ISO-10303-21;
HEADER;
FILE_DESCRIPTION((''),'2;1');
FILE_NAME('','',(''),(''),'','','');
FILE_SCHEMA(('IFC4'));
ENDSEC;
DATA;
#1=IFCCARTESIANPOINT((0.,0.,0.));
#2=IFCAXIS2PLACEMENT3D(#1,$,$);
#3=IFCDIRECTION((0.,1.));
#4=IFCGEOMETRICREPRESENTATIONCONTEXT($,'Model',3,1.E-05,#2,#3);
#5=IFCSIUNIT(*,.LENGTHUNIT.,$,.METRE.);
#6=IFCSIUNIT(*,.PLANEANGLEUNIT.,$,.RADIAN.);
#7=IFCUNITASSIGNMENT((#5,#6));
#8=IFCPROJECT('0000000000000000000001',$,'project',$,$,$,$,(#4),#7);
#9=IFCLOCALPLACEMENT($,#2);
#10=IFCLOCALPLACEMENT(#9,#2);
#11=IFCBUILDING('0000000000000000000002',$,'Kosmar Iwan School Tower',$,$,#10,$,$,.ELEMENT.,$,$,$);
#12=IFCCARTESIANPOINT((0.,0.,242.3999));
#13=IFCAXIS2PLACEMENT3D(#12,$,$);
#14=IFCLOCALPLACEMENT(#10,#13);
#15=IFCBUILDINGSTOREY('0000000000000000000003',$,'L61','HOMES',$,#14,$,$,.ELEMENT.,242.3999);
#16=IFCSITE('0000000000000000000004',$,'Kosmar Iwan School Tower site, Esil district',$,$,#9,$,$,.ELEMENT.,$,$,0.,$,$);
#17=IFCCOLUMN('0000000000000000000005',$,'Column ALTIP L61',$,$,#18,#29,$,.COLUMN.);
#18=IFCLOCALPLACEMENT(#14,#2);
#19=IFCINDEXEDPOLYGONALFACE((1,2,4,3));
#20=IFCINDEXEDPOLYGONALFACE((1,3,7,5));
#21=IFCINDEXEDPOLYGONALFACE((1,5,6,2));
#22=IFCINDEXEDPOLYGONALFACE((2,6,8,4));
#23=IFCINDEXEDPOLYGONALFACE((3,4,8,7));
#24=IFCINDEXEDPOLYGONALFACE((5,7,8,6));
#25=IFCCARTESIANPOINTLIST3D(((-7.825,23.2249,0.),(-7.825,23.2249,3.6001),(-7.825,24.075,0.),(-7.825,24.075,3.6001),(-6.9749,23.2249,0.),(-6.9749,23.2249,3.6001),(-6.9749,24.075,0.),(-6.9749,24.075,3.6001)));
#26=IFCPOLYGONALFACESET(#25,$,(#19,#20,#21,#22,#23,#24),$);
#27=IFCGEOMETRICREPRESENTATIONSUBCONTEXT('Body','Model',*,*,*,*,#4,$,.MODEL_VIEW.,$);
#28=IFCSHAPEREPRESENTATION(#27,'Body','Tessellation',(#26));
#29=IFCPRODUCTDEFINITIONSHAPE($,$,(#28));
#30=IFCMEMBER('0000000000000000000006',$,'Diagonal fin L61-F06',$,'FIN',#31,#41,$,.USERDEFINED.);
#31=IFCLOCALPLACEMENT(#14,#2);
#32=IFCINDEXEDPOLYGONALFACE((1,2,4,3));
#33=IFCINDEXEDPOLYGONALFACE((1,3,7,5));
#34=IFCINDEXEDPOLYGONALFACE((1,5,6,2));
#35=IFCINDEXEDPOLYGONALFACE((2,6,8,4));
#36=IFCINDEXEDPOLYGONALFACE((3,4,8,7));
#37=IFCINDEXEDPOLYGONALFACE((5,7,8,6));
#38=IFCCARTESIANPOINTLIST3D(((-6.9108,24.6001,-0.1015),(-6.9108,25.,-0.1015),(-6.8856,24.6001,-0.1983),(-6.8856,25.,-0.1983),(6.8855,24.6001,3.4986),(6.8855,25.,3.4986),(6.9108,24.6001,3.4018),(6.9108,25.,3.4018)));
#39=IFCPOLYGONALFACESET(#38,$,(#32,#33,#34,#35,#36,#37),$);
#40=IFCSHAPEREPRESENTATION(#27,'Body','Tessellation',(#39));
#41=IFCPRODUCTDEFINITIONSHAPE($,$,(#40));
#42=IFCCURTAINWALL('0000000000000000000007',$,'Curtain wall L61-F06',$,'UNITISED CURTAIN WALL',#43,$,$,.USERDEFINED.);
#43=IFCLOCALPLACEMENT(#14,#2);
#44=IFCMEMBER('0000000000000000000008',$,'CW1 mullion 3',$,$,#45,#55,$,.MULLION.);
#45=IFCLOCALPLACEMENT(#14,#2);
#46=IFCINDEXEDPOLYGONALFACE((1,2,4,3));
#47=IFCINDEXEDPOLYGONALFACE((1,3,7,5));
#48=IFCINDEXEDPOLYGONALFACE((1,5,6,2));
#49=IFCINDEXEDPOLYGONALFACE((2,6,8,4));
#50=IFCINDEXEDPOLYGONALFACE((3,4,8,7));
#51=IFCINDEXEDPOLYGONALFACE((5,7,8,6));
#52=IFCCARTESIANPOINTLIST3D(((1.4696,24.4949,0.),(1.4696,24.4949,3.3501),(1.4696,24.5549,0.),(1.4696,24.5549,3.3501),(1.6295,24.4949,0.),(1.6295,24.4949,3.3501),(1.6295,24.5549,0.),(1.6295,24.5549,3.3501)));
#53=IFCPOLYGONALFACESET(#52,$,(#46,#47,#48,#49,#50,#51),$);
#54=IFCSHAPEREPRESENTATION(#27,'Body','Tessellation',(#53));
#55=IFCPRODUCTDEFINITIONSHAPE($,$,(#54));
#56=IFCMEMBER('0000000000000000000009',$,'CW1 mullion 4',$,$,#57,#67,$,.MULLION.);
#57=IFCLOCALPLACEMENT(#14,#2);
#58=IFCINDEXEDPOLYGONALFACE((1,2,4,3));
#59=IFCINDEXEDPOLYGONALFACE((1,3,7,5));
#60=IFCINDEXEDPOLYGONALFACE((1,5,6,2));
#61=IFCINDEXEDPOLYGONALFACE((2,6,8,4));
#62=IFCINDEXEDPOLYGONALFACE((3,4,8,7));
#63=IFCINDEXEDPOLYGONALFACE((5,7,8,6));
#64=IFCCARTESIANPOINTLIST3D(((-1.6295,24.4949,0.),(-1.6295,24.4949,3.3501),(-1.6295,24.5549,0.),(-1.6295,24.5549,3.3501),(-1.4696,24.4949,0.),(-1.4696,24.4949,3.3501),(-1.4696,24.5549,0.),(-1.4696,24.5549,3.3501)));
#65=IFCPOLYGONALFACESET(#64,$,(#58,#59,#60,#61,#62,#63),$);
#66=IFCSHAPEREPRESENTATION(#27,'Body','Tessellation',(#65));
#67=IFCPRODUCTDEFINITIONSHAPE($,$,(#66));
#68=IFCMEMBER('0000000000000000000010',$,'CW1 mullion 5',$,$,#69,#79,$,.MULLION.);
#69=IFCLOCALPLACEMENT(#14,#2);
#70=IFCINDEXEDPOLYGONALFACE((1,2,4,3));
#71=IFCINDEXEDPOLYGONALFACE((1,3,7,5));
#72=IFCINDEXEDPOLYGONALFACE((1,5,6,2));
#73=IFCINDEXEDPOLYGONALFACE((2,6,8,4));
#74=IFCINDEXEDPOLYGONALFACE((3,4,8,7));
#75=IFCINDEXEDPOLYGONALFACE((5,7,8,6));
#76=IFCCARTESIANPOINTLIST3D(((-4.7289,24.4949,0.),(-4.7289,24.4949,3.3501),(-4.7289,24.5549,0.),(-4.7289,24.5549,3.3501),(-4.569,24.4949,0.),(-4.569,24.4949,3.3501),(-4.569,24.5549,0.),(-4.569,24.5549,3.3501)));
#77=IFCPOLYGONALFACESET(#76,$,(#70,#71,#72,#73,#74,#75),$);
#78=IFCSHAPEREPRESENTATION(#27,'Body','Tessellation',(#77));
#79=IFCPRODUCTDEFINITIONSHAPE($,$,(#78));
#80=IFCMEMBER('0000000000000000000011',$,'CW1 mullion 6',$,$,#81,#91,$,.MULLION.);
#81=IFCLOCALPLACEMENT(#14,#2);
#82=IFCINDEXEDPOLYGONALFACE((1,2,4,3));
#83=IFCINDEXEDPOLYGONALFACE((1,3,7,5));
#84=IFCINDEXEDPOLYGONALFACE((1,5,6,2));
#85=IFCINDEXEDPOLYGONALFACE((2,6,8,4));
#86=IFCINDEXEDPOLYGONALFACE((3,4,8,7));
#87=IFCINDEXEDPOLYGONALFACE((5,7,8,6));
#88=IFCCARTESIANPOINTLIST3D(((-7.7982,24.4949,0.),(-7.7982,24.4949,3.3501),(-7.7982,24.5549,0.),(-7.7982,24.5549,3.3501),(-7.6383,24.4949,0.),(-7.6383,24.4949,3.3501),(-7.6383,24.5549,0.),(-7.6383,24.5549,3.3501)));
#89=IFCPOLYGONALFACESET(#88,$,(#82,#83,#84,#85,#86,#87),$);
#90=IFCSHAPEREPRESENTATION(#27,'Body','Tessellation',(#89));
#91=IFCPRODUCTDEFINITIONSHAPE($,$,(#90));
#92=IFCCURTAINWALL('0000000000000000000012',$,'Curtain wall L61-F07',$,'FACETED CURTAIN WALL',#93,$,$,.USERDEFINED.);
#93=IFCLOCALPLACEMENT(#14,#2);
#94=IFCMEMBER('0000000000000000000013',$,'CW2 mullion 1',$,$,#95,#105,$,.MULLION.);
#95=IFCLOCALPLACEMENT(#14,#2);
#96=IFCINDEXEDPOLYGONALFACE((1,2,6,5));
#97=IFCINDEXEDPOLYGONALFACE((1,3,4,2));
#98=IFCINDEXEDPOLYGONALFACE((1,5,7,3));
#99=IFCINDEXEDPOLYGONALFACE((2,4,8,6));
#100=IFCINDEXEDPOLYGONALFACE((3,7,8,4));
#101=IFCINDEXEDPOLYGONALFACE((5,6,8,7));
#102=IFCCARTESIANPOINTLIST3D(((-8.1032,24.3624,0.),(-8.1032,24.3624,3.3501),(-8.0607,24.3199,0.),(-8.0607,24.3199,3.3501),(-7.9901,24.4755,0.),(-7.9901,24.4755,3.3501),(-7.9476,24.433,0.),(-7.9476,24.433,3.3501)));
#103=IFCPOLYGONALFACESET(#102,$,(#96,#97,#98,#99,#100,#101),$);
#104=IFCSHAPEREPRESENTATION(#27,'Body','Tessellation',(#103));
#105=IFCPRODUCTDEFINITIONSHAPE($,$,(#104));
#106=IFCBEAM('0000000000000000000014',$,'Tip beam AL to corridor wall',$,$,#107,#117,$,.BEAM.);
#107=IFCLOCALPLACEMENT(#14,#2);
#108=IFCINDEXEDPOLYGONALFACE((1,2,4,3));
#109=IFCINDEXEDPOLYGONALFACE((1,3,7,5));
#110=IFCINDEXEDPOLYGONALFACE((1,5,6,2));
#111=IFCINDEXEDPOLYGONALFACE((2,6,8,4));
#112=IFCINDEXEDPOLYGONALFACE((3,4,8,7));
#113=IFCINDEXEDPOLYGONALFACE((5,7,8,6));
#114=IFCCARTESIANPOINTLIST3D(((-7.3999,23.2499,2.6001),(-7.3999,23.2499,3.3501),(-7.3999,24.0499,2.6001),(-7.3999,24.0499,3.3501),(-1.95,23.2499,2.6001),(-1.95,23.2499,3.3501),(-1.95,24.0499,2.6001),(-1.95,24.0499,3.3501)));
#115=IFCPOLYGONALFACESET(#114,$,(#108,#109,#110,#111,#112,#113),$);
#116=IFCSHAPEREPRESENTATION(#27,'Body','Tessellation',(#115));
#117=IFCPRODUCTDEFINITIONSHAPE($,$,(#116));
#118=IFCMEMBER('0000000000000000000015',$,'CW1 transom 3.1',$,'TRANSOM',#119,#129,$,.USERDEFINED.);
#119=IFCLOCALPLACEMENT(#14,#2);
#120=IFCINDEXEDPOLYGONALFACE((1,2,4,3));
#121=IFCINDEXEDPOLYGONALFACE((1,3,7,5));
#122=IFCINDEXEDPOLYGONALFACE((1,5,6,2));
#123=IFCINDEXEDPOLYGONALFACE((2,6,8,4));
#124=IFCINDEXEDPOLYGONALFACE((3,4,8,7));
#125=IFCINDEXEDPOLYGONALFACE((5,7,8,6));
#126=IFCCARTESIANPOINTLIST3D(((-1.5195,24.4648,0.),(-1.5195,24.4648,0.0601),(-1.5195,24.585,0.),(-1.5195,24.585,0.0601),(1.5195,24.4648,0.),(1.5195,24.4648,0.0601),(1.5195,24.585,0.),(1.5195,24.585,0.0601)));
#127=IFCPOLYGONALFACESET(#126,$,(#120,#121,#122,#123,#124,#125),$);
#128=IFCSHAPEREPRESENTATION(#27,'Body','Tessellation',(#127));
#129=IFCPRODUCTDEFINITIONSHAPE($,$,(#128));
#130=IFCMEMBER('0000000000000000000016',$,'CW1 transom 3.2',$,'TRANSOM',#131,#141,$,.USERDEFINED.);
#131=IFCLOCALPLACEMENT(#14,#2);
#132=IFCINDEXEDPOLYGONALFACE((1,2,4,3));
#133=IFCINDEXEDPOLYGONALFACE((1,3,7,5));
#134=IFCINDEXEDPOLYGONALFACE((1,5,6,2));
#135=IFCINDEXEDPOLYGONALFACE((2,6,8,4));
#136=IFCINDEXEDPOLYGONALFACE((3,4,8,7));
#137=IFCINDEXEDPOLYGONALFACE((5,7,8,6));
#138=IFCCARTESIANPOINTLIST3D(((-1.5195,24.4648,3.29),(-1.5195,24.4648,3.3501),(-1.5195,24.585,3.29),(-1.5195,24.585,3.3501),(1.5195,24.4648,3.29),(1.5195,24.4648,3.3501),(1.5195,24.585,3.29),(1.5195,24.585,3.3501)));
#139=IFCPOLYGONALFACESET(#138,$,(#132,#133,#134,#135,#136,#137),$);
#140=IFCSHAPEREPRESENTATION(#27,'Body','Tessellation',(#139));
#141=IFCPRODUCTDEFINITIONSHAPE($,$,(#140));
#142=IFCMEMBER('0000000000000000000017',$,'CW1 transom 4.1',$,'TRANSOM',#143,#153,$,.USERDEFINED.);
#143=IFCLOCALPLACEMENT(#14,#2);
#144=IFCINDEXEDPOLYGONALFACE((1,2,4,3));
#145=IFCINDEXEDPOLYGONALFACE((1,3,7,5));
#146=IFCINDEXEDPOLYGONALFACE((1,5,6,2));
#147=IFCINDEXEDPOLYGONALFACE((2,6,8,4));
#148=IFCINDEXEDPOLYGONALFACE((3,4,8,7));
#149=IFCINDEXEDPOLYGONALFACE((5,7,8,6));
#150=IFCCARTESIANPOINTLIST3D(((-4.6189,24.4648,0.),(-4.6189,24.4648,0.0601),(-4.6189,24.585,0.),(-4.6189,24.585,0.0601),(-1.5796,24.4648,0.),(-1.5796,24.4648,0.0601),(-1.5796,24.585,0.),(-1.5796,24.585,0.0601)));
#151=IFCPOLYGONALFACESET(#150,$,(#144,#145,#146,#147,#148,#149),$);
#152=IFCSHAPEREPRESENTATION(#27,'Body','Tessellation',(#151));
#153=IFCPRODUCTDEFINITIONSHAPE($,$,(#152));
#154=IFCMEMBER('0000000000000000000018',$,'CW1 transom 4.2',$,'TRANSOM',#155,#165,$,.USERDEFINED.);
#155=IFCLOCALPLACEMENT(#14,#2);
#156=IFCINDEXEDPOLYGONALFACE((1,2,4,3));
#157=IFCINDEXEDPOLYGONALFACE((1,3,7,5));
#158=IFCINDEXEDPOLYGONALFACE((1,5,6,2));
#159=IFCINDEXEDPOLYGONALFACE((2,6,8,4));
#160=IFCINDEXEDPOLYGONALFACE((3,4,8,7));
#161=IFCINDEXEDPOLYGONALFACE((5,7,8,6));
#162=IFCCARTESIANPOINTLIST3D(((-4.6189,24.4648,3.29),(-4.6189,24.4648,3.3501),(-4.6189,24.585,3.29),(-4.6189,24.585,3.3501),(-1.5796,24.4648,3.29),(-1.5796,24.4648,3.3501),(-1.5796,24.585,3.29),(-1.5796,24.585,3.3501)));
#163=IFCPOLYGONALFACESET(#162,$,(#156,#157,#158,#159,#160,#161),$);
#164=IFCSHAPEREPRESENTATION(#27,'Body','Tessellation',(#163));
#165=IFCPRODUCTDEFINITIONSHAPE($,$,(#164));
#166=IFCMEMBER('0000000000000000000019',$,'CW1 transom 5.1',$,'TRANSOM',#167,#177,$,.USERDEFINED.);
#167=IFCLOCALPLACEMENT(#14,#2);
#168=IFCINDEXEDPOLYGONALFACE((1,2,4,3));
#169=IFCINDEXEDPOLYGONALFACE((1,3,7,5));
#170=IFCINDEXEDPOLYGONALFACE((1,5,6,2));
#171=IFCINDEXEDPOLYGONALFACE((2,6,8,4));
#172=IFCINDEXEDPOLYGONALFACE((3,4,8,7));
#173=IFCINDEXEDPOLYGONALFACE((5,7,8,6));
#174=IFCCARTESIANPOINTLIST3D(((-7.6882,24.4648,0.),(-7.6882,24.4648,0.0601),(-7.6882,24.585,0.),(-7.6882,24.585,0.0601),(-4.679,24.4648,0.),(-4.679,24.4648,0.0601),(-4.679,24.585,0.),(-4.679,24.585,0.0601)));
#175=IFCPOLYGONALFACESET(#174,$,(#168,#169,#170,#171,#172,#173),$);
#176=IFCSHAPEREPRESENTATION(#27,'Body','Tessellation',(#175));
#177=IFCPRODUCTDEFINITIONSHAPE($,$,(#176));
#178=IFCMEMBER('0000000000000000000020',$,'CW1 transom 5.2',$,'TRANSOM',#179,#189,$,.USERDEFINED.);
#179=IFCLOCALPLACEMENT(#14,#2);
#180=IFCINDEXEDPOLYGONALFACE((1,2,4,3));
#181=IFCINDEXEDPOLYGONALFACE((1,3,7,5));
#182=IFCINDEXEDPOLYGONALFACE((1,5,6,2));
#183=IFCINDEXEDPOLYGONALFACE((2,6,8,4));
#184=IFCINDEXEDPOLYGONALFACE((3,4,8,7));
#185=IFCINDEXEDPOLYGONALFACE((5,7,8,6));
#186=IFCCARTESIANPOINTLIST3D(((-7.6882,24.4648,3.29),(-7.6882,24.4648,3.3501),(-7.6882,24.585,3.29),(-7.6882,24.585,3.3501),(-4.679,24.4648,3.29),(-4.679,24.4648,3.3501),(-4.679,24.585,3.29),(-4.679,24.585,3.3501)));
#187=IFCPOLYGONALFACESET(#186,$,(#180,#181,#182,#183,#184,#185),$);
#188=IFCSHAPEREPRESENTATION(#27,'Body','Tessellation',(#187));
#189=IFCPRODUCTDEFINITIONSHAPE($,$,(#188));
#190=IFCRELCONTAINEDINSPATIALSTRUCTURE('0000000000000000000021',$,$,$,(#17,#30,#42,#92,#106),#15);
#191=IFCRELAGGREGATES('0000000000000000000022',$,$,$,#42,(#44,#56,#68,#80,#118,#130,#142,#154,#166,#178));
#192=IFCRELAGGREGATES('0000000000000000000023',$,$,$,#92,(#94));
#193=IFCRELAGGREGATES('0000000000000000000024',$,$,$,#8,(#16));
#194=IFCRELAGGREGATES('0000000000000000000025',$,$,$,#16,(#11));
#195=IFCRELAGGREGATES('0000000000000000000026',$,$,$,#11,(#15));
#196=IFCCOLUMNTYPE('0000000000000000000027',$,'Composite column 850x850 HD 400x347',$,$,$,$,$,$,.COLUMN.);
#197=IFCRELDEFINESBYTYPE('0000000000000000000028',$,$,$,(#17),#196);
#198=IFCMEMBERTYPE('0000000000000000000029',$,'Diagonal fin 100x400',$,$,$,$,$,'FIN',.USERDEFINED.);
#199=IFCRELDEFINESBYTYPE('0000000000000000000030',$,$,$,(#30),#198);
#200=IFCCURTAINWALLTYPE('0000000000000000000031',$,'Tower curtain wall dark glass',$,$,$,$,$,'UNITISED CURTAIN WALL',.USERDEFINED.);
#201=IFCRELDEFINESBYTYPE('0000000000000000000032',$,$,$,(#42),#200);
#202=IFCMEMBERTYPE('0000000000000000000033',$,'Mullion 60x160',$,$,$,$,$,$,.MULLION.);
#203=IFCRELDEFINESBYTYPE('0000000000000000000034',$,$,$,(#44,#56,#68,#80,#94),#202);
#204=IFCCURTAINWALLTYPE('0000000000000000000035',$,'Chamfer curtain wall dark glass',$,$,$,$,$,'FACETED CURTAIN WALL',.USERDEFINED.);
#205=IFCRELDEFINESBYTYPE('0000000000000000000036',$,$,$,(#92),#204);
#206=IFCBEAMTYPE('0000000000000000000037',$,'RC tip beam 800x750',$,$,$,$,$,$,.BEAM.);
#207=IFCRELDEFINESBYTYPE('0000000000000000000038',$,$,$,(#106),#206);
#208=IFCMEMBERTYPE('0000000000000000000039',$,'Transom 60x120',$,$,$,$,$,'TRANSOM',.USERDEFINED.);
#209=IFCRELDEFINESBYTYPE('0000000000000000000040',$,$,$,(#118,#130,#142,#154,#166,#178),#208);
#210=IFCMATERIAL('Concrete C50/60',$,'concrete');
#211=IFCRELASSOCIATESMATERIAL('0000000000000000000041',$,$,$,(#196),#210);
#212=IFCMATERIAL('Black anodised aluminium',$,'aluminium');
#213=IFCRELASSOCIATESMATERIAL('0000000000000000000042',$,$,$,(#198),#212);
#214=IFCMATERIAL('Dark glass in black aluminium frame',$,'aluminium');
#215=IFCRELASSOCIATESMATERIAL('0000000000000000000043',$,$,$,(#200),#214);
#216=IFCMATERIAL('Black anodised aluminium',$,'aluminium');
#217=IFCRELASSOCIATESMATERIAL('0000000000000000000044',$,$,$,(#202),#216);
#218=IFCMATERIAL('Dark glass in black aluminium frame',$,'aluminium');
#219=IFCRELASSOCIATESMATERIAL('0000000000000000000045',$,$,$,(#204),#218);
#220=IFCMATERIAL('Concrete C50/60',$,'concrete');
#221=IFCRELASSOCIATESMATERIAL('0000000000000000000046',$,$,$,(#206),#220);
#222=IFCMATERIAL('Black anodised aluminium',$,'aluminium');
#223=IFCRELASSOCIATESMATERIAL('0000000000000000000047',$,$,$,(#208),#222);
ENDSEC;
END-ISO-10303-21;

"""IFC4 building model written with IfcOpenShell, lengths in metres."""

from ifc_helpers import new_model, si_unit, direction, frame, origin, origin_2d, place, context, subcontext, project, spatial, rectangle, extrude, material, material_profile, profile_set, type_object, element, aggregate, save


model = new_model("IFC4")

# Units and contexts
model_context = context("Model", 3, precision=1e-05, world=origin(), true_north=direction((0.0, 1.0)))
body_context = subcontext(model_context, "Body", "Model", "MODEL_VIEW")
ifc_project = project(units=[si_unit("LENGTHUNIT", "METRE"), si_unit("PLANEANGLEUNIT", "RADIAN")], contexts=[model_context])

# Site, building, storey
site_placement = place(None, origin())
site = spatial("IfcSite", under=ifc_project, at=site_placement, Name="Kosmar Iwan School Tower site, Esil district", CompositionType="ELEMENT", RefElevation=0.0)
building_placement = place(site_placement, origin())
building = spatial("IfcBuilding", under=site, at=building_placement, Name="Kosmar Iwan School Tower", CompositionType="ELEMENT")
storey_placement = place(building_placement, frame((0.0, 0.0, 242.3999)))
storey = spatial("IfcBuildingStorey", under=building, at=storey_placement, Name="L61", Description="HOMES", CompositionType="ELEMENT", Elevation=242.3999)

# Column
ifc_material_1 = material(Name="Concrete C50/60", Category="concrete")
ifc_material_profile_1 = material_profile(ifc_material_1, rectangle(XDim=0.8501, YDim=0.8501, at=origin_2d()), Name="RC 850x850 + HD 400x347")
ifc_profile_set_1 = profile_set([ifc_material_profile_1], Name="Concrete C50/60")
column_type = type_object("IfcColumnType", Name="Composite column 850x850 HD 400x347", PredefinedType="COLUMN", material=ifc_profile_set_1)
column_placement = place(storey_placement, frame((-7.3999, 23.6499, 0.0), z_axis=(0.0, 0.0, 1.0), x_axis=(0.0, 1.0, 0.0)))
element("IfcColumn", 1, at=column_placement, inside=storey, type_object=column_type, Name="Column ALTIP L61", PredefinedType="COLUMN", context=body_context, shape_type="SweptSolid", body=[
    extrude(rectangle(XDim=0.8501, YDim=0.8501, at=origin_2d()), origin(), (0.0, 0.0, 1.0), 3.6001),
])

# Member
ifc_material_2 = material(Name="Black anodised aluminium", Category="aluminium")
ifc_material_profile_2 = material_profile(ifc_material_2, rectangle(XDim=0.1001, YDim=0.3999, at=origin_2d()), Name="FIN 100x400")
ifc_profile_set_2 = profile_set([ifc_material_profile_2], Name="Black anodised aluminium")
member_type_1 = type_object("IfcMemberType", Name="Diagonal fin 100x400", ElementType="FIN", PredefinedType="USERDEFINED", material=ifc_profile_set_2)
member_1_placement = place(storey_placement, frame((-6.8982, 24.8, -0.1499), z_axis=(0.967599, 0.0, 0.25249), x_axis=(-0.25249, 0.0, 0.967599)))
element("IfcMember", 2, at=member_1_placement, inside=storey, type_object=member_type_1, Name="Diagonal fin L61-F06", ObjectType="FIN", PredefinedType="USERDEFINED", context=body_context, shape_type="SweptSolid", body=[
    extrude(rectangle(XDim=0.1001, YDim=0.3999, at=origin_2d()), origin(), (0.0, 0.0, 1.0), 14.2583),
])

# Curtain wall, members
ifc_material_3 = material(Name="Dark glass in black aluminium frame", Category="aluminium")
curtain_wall_type_1 = type_object("IfcCurtainWallType", Name="Tower curtain wall dark glass", ElementType="UNITISED CURTAIN WALL", PredefinedType="USERDEFINED", material=ifc_material_3)
curtain_wall_1_placement = place(storey_placement, origin())
curtain_wall_1 = element("IfcCurtainWall", 3, at=curtain_wall_1_placement, inside=storey, type_object=curtain_wall_type_1, Name="Curtain wall L61-F06", ObjectType="UNITISED CURTAIN WALL", PredefinedType="USERDEFINED")
ifc_material_4 = material(Name="Black anodised aluminium", Category="aluminium")
ifc_material_profile_3 = material_profile(ifc_material_4, rectangle(XDim=0.0601, YDim=0.1599, at=origin_2d()), Name="MULLION 60x160")
ifc_profile_set_3 = profile_set([ifc_material_profile_3], Name="Black anodised aluminium")
member_type_2 = type_object("IfcMemberType", Name="Mullion 60x160", PredefinedType="MULLION", material=ifc_profile_set_3)
member_2_placement = place(storey_placement, frame((1.5496, 24.5249, 0.0), z_axis=(0.0, 0.0, 1.0), x_axis=(0.0, -1.0, 0.0)))
member_2 = element("IfcMember", 4, at=member_2_placement, type_object=member_type_2, Name="CW1 mullion 3", PredefinedType="MULLION", context=body_context, shape_type="SweptSolid", body=[
    extrude(rectangle(XDim=0.0601, YDim=0.1599, at=origin_2d()), origin(), (0.0, 0.0, 1.0), 3.3501),
])
member_3_placement = place(storey_placement, frame((-1.5496, 24.5249, 0.0), z_axis=(0.0, 0.0, 1.0), x_axis=(0.0, -1.0, 0.0)))
member_3 = element("IfcMember", 5, at=member_3_placement, type_object=member_type_2, Name="CW1 mullion 4", PredefinedType="MULLION", context=body_context, shape_type="SweptSolid", body=[
    extrude(rectangle(XDim=0.0601, YDim=0.1599, at=origin_2d()), origin(), (0.0, 0.0, 1.0), 3.3501),
])
member_4_placement = place(storey_placement, frame((-4.6489, 24.5249, 0.0), z_axis=(0.0, 0.0, 1.0), x_axis=(0.0, -1.0, 0.0)))
member_4 = element("IfcMember", 6, at=member_4_placement, type_object=member_type_2, Name="CW1 mullion 5", PredefinedType="MULLION", context=body_context, shape_type="SweptSolid", body=[
    extrude(rectangle(XDim=0.0601, YDim=0.1599, at=origin_2d()), origin(), (0.0, 0.0, 1.0), 3.3501),
])
member_5_placement = place(storey_placement, frame((-7.7183, 24.5249, 0.0), z_axis=(0.0, 0.0, 1.0), x_axis=(0.0, -1.0, 0.0)))
member_5 = element("IfcMember", 7, at=member_5_placement, type_object=member_type_2, Name="CW1 mullion 6", PredefinedType="MULLION", context=body_context, shape_type="SweptSolid", body=[
    extrude(rectangle(XDim=0.0601, YDim=0.1599, at=origin_2d()), origin(), (0.0, 0.0, 1.0), 3.3501),
])

# Curtain wall, member
ifc_material_5 = material(Name="Dark glass in black aluminium frame", Category="aluminium")
curtain_wall_type_2 = type_object("IfcCurtainWallType", Name="Chamfer curtain wall dark glass", ElementType="FACETED CURTAIN WALL", PredefinedType="USERDEFINED", material=ifc_material_5)
curtain_wall_2_placement = place(storey_placement, origin())
curtain_wall_2 = element("IfcCurtainWall", 8, at=curtain_wall_2_placement, inside=storey, type_object=curtain_wall_type_2, Name="Curtain wall L61-F07", ObjectType="FACETED CURTAIN WALL", PredefinedType="USERDEFINED")
member_6_placement = place(storey_placement, frame((-8.0254, 24.3977, 0.0), z_axis=(0.0, 0.0, 1.0), x_axis=(0.707107, -0.707107, 0.0)))
member_6 = element("IfcMember", 9, at=member_6_placement, type_object=member_type_2, Name="CW2 mullion 1", PredefinedType="MULLION", context=body_context, shape_type="SweptSolid", body=[
    extrude(rectangle(XDim=0.0601, YDim=0.1599, at=origin_2d()), origin(), (0.0, 0.0, 1.0), 3.3501),
])

# Beam
ifc_material_6 = material(Name="Concrete C50/60", Category="concrete")
ifc_material_profile_4 = material_profile(ifc_material_6, rectangle(XDim=0.8, YDim=0.75, at=origin_2d()), Name="RC 800x750")
ifc_profile_set_4 = profile_set([ifc_material_profile_4], Name="Concrete C50/60")
beam_type = type_object("IfcBeamType", Name="RC tip beam 800x750", PredefinedType="BEAM", material=ifc_profile_set_4)
beam_placement = place(storey_placement, frame((-7.3999, 23.6499, 2.9751), z_axis=(1.0, 0.0, 0.0), x_axis=(0.0, 1.0, 0.0)))
element("IfcBeam", 10, at=beam_placement, inside=storey, type_object=beam_type, Name="Tip beam AL to corridor wall", PredefinedType="BEAM", context=body_context, shape_type="SweptSolid", body=[
    extrude(rectangle(XDim=0.8, YDim=0.75, at=origin_2d()), origin(), (0.0, 0.0, 1.0), 5.45),
])

# Members
ifc_material_7 = material(Name="Black anodised aluminium", Category="aluminium")
ifc_material_profile_5 = material_profile(ifc_material_7, rectangle(XDim=0.1201, YDim=0.0601, at=origin_2d()), Name="TRANSOM 60x120")
ifc_profile_set_5 = profile_set([ifc_material_profile_5], Name="Black anodised aluminium")
member_type_3 = type_object("IfcMemberType", Name="Transom 60x120", ElementType="TRANSOM", PredefinedType="USERDEFINED", material=ifc_profile_set_5)
member_7_placement = place(storey_placement, frame((1.5195, 24.5249, 0.03), z_axis=(-1.0, 0.0, 0.0), x_axis=(0.0, -1.0, 0.0)))
member_7 = element("IfcMember", 11, at=member_7_placement, type_object=member_type_3, Name="CW1 transom 3.1", ObjectType="TRANSOM", PredefinedType="USERDEFINED", context=body_context, shape_type="SweptSolid", body=[
    extrude(rectangle(XDim=0.1201, YDim=0.0601, at=origin_2d()), origin(), (0.0, 0.0, 1.0), 3.0391),
])
member_8_placement = place(storey_placement, frame((1.5195, 24.5249, 3.3201), z_axis=(-1.0, 0.0, 0.0), x_axis=(0.0, -1.0, 0.0)))
member_8 = element("IfcMember", 12, at=member_8_placement, type_object=member_type_3, Name="CW1 transom 3.2", ObjectType="TRANSOM", PredefinedType="USERDEFINED", context=body_context, shape_type="SweptSolid", body=[
    extrude(rectangle(XDim=0.1201, YDim=0.0601, at=origin_2d()), origin(), (0.0, 0.0, 1.0), 3.0391),
])
member_9_placement = place(storey_placement, frame((-1.5796, 24.5249, 0.03), z_axis=(-1.0, 0.0, 0.0), x_axis=(0.0, -1.0, 0.0)))
member_9 = element("IfcMember", 13, at=member_9_placement, type_object=member_type_3, Name="CW1 transom 4.1", ObjectType="TRANSOM", PredefinedType="USERDEFINED", context=body_context, shape_type="SweptSolid", body=[
    extrude(rectangle(XDim=0.1201, YDim=0.0601, at=origin_2d()), origin(), (0.0, 0.0, 1.0), 3.0393),
])
member_10_placement = place(storey_placement, frame((-1.5796, 24.5249, 3.3201), z_axis=(-1.0, 0.0, 0.0), x_axis=(0.0, -1.0, 0.0)))
member_10 = element("IfcMember", 14, at=member_10_placement, type_object=member_type_3, Name="CW1 transom 4.2", ObjectType="TRANSOM", PredefinedType="USERDEFINED", context=body_context, shape_type="SweptSolid", body=[
    extrude(rectangle(XDim=0.1201, YDim=0.0601, at=origin_2d()), origin(), (0.0, 0.0, 1.0), 3.0393),
])
member_11_placement = place(storey_placement, frame((-4.679, 24.5249, 0.03), z_axis=(-1.0, 0.0, 0.0), x_axis=(0.0, -1.0, 0.0)))
member_11 = element("IfcMember", 15, at=member_11_placement, type_object=member_type_3, Name="CW1 transom 5.1", ObjectType="TRANSOM", PredefinedType="USERDEFINED", context=body_context, shape_type="SweptSolid", body=[
    extrude(rectangle(XDim=0.1201, YDim=0.0601, at=origin_2d()), origin(), (0.0, 0.0, 1.0), 3.0093),
])
member_12_placement = place(storey_placement, frame((-4.679, 24.5249, 3.3201), z_axis=(-1.0, 0.0, 0.0), x_axis=(0.0, -1.0, 0.0)))
member_12 = element("IfcMember", 16, at=member_12_placement, type_object=member_type_3, Name="CW1 transom 5.2", ObjectType="TRANSOM", PredefinedType="USERDEFINED", context=body_context, shape_type="SweptSolid", body=[
    extrude(rectangle(XDim=0.1201, YDim=0.0601, at=origin_2d()), origin(), (0.0, 0.0, 1.0), 3.0093),
])

aggregate(curtain_wall_1, [member_2, member_3, member_4, member_5, member_7, member_8, member_9, member_10, member_11, member_12])
aggregate(curtain_wall_2, [member_6])

save(model, "model.ifc")
